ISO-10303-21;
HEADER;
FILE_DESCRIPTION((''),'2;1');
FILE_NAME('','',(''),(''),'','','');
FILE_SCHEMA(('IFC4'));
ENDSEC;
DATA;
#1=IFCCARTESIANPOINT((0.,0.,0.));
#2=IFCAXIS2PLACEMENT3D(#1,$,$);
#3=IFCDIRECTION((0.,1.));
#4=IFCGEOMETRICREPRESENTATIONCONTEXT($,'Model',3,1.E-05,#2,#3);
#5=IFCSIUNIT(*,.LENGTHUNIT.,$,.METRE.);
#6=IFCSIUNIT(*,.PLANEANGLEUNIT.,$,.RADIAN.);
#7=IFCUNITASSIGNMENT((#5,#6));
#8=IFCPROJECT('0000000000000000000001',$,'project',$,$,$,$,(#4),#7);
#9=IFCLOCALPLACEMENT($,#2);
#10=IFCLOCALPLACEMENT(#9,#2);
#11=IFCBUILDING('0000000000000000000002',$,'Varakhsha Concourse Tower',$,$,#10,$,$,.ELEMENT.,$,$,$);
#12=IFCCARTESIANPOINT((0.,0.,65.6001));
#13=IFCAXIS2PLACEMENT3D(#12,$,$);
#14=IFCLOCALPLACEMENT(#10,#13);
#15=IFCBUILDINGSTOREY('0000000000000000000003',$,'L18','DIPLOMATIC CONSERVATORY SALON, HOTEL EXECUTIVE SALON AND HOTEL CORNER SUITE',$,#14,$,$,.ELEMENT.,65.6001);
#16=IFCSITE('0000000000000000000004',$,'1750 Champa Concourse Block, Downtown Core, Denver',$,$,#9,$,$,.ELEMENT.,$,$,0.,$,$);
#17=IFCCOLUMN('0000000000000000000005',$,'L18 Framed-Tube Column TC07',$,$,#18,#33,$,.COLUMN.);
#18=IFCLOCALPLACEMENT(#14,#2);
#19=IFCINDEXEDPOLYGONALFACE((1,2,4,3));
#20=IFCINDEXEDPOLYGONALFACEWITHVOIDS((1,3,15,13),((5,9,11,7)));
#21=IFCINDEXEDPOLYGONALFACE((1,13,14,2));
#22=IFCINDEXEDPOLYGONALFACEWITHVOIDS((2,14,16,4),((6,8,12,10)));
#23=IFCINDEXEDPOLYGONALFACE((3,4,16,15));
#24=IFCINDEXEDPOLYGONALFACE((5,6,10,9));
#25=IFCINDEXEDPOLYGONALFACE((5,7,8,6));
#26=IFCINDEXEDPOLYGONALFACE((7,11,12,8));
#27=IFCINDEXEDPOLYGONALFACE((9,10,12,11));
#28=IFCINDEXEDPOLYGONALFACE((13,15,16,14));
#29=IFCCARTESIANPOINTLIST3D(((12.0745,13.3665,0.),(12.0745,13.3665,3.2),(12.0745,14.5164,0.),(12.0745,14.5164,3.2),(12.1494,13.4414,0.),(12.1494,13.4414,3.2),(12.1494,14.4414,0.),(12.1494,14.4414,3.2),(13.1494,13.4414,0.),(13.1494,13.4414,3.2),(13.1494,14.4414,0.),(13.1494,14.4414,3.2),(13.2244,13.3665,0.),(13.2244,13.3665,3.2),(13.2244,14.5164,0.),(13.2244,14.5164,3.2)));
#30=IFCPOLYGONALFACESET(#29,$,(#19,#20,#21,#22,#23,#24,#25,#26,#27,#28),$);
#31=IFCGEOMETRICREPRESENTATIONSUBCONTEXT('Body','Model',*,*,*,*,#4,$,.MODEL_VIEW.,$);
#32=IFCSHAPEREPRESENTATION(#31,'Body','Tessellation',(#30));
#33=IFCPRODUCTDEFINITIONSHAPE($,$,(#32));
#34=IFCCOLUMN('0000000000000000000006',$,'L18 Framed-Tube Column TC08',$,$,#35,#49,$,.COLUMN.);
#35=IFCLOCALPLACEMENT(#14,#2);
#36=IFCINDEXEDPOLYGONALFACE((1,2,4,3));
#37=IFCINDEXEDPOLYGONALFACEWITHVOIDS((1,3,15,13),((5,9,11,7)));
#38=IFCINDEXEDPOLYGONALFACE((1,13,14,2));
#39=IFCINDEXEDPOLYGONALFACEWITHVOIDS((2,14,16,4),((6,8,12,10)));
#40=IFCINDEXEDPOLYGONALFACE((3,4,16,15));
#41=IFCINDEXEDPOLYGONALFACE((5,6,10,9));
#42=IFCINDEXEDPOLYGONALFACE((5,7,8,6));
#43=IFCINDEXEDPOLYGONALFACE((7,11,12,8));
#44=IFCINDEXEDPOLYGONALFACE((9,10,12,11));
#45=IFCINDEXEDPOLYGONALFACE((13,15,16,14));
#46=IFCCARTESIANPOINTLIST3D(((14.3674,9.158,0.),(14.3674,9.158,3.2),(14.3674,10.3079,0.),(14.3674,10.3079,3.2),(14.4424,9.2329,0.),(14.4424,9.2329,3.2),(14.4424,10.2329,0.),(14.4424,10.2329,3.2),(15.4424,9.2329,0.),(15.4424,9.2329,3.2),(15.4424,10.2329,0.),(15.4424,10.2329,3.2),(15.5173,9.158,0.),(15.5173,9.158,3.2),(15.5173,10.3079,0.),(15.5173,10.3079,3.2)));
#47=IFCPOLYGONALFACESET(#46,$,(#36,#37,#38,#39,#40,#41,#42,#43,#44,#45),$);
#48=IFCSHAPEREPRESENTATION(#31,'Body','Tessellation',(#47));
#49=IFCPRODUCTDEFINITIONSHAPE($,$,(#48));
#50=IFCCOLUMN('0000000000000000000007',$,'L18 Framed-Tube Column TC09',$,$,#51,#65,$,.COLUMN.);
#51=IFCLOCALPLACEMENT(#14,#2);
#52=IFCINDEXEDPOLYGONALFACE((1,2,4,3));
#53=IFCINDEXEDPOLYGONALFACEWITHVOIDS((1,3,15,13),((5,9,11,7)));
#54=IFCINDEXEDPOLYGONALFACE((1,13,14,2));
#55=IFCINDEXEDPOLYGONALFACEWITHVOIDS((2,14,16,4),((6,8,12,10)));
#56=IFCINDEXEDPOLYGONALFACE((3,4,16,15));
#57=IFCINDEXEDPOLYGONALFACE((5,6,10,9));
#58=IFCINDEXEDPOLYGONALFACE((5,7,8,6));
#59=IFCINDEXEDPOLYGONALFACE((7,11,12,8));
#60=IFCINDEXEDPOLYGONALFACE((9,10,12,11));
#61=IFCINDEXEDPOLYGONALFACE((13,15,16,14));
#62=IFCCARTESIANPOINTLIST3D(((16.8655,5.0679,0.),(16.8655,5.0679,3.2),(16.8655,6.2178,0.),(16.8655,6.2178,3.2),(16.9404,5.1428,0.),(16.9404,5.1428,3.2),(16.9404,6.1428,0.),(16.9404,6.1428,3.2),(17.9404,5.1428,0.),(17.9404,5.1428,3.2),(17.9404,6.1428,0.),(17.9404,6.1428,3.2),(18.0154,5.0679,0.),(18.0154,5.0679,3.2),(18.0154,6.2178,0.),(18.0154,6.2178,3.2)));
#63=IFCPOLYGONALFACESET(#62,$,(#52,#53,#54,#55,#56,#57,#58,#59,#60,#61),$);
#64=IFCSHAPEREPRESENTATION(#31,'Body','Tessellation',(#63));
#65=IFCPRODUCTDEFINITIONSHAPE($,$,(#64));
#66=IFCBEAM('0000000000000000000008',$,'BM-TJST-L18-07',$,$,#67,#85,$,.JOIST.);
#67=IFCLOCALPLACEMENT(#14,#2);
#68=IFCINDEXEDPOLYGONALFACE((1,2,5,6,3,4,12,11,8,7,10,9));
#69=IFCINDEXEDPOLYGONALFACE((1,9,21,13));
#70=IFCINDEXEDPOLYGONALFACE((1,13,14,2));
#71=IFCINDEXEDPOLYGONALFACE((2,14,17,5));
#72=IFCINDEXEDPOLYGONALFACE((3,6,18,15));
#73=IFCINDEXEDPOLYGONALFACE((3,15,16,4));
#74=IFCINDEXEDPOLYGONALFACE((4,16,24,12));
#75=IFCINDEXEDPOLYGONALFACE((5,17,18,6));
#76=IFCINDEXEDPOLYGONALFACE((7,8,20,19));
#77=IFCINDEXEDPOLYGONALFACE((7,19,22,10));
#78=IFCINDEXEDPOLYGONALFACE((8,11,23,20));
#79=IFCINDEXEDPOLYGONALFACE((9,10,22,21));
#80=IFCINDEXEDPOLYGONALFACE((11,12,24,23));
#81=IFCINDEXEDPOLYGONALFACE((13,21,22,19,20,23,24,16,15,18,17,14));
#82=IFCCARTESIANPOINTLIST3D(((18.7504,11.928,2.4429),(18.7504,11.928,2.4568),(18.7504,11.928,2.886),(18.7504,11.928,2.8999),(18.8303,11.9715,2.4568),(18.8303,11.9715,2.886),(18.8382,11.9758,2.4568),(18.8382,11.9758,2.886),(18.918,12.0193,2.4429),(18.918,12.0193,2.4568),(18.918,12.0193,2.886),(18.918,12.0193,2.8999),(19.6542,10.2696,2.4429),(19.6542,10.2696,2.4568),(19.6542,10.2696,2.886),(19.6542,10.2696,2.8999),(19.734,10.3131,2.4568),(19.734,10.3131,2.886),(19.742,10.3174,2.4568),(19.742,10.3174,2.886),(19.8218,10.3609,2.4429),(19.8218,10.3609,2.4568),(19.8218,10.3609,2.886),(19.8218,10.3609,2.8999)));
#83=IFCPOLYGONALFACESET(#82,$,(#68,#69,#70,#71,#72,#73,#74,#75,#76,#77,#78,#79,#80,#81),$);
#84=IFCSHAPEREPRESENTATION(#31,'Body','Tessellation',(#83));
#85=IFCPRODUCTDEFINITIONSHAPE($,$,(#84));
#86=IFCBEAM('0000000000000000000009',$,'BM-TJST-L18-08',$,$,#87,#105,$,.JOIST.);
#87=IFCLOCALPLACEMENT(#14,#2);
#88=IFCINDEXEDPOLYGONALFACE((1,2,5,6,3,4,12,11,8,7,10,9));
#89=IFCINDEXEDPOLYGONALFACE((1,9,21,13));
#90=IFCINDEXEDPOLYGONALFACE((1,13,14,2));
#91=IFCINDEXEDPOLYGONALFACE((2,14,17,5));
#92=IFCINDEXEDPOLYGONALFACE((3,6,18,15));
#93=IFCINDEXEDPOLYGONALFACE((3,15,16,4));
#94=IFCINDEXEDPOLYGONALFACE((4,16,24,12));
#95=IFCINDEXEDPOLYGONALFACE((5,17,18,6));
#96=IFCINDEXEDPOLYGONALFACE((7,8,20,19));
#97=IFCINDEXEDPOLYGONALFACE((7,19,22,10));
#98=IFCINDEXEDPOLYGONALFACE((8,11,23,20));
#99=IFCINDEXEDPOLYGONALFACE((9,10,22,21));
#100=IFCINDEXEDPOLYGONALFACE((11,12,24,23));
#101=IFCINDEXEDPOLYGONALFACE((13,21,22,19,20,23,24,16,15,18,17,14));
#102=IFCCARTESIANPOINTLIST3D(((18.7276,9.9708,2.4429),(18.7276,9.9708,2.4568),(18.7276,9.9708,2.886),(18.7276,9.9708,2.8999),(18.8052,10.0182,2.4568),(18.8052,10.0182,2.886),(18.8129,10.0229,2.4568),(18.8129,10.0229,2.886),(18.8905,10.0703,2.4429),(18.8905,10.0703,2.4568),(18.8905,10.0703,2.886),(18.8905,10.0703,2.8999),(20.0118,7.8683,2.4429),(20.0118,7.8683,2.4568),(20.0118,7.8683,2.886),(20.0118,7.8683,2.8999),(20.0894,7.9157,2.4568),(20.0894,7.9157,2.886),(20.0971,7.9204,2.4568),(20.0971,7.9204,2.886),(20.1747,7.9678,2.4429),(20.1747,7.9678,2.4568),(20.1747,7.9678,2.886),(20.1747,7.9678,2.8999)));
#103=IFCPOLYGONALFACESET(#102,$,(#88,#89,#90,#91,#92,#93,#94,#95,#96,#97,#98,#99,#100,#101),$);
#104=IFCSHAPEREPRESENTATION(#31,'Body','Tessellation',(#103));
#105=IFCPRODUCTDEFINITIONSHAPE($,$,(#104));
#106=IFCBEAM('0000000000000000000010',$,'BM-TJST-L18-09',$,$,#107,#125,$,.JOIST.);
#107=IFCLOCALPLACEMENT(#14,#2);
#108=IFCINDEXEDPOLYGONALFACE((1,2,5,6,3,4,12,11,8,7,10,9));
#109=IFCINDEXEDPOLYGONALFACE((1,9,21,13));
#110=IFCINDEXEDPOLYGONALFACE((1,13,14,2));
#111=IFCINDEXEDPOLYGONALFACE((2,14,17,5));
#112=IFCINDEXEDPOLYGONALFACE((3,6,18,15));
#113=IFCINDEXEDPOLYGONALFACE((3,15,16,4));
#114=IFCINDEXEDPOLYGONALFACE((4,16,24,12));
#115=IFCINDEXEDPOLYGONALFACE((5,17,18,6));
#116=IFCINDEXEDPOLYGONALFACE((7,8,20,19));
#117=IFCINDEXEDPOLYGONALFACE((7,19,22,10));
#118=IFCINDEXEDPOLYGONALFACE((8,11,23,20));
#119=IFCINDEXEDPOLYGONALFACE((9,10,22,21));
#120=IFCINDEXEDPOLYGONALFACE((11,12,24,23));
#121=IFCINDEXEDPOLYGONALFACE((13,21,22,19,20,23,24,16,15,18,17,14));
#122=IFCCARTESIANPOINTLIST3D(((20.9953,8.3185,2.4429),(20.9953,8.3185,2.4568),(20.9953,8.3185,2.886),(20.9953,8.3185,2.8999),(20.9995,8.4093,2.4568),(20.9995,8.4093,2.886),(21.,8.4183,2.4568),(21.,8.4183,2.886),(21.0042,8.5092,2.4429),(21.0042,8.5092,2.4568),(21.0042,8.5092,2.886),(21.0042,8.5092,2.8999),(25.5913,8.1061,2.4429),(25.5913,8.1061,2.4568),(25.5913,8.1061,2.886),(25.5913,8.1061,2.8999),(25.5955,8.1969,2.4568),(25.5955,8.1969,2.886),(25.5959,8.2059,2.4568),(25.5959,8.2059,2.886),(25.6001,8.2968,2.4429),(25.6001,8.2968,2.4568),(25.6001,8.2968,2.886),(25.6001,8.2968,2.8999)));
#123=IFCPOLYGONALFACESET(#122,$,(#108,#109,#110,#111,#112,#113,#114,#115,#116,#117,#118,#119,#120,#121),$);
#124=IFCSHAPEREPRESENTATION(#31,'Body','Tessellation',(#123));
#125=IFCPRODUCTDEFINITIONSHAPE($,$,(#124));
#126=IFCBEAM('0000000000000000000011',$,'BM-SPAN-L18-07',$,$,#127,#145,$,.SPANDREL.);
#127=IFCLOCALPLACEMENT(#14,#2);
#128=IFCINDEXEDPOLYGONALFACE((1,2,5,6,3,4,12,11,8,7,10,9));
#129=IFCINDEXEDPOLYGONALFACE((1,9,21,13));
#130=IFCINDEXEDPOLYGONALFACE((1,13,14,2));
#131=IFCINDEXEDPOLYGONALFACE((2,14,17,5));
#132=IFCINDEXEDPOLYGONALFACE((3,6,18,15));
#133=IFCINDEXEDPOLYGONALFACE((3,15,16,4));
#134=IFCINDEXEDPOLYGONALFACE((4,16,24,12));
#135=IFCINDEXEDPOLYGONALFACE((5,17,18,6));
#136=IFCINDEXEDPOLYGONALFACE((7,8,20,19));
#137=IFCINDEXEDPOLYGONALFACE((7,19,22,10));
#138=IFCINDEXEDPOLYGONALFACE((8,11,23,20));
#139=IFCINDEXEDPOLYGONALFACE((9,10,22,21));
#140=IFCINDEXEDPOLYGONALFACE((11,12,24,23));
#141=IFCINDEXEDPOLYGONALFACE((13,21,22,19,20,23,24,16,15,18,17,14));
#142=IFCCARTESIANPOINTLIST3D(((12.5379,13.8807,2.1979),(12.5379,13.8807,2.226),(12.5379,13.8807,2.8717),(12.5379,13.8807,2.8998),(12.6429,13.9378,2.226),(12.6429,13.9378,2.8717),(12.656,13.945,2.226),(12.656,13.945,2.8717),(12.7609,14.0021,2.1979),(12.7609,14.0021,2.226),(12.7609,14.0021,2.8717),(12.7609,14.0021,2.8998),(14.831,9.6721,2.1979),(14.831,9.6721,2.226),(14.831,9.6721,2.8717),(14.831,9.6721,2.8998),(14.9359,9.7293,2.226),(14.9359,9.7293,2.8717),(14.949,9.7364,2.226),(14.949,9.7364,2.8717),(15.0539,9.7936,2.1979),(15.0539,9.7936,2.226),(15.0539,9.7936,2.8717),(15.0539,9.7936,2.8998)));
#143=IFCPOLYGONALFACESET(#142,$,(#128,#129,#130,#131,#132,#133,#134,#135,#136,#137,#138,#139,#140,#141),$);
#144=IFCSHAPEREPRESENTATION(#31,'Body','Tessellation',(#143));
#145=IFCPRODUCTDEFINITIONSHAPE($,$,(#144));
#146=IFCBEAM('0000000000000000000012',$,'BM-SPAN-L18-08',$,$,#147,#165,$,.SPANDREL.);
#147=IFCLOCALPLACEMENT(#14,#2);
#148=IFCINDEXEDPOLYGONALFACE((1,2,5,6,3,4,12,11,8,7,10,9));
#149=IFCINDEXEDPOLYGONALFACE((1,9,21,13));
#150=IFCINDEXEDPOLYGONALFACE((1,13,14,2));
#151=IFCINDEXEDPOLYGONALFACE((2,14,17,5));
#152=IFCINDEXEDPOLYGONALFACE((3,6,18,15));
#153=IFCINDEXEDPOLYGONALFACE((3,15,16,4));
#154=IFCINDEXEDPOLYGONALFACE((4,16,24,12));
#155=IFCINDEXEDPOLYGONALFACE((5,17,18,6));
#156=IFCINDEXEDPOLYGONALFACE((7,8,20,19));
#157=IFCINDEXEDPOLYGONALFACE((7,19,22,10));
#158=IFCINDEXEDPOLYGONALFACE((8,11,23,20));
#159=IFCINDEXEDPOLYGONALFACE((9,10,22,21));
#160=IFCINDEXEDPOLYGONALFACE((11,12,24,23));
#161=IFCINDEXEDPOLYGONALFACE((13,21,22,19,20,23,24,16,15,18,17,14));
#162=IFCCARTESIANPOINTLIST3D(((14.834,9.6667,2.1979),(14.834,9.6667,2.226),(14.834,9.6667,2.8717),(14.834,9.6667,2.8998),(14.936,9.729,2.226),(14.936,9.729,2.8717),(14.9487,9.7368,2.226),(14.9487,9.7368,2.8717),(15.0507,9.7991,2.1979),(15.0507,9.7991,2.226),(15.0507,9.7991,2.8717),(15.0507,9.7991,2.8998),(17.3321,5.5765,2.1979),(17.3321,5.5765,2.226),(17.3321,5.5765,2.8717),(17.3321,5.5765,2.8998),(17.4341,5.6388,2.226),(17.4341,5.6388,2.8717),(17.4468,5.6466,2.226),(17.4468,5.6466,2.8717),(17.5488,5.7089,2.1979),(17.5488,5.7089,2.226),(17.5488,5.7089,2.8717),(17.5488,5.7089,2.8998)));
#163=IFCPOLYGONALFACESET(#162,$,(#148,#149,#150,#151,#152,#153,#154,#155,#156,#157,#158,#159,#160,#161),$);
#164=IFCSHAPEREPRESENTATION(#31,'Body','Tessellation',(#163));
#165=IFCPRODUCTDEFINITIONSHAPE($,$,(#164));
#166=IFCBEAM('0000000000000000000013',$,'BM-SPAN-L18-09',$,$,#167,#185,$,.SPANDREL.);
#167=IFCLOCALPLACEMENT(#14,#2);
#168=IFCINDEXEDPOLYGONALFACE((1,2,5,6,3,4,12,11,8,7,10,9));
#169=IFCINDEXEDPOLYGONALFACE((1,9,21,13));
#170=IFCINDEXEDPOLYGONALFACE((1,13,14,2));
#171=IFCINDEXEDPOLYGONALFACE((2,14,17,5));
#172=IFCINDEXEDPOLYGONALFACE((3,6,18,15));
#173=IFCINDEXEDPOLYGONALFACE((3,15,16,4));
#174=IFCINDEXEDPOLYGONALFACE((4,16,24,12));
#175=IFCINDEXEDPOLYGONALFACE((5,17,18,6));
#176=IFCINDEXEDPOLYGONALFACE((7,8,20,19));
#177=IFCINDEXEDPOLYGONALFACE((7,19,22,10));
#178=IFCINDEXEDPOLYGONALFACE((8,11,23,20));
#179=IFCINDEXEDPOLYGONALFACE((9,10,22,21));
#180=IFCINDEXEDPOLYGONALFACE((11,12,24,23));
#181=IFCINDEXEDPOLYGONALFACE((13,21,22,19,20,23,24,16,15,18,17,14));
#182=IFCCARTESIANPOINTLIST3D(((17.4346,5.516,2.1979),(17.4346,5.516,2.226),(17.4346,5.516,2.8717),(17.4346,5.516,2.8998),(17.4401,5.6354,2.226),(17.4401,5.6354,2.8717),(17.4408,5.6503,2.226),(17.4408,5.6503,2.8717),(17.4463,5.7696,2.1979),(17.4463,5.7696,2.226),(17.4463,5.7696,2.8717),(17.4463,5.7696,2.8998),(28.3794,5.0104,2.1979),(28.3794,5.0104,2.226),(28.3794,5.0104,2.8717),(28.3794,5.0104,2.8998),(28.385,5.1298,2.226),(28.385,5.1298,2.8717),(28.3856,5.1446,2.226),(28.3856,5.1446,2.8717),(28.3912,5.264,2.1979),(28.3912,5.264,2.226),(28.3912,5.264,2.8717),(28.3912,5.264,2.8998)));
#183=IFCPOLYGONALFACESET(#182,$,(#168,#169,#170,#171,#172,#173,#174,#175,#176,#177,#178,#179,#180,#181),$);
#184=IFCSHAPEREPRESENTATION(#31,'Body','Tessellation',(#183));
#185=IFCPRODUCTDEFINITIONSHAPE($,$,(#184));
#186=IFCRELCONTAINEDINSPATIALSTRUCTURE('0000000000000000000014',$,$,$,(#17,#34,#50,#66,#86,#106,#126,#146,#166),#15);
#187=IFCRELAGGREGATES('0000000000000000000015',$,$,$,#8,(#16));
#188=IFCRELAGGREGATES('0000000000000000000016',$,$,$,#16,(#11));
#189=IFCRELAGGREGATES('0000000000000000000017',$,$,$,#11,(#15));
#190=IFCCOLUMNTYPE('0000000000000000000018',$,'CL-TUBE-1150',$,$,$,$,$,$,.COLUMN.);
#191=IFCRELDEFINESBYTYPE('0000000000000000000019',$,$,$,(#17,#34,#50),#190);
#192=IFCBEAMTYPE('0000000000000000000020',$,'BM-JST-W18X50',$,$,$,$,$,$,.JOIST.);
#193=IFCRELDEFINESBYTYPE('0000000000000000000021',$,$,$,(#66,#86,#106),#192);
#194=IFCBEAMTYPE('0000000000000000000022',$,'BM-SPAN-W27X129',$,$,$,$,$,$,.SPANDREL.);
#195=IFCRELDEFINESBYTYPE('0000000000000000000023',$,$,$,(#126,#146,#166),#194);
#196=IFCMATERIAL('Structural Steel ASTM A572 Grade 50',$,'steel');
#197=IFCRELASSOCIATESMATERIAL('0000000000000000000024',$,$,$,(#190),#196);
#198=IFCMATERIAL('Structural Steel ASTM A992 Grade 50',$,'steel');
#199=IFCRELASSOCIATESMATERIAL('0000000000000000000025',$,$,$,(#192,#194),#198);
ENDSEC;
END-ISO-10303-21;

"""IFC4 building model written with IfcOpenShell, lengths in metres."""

from ifc_helpers import new_model, si_unit, direction, frame, origin, origin_2d, place, context, subcontext, project, spatial, hollow_rectangle, i_section, extrude, material, material_profile, profile_set, type_object, element, save


model = new_model("IFC4")

# Units and contexts
model_context = context("Model", 3, precision=1e-05, world=origin(), true_north=direction((0.0, 1.0)))
body_context = subcontext(model_context, "Body", "Model", "MODEL_VIEW")
ifc_project = project(units=[si_unit("LENGTHUNIT", "METRE"), si_unit("PLANEANGLEUNIT", "RADIAN")], contexts=[model_context])

# Site, building, storey
site_placement = place(None, origin())
site = spatial("IfcSite", under=ifc_project, at=site_placement, Name="1750 Champa Concourse Block, Downtown Core, Denver", CompositionType="ELEMENT", RefElevation=0.0)
building_placement = place(site_placement, origin())
building = spatial("IfcBuilding", under=site, at=building_placement, Name="Varakhsha Concourse Tower", CompositionType="ELEMENT")
storey_placement = place(building_placement, frame((0.0, 0.0, 65.6001)))
storey = spatial("IfcBuildingStorey", under=building, at=storey_placement, Name="L18", Description="DIPLOMATIC CONSERVATORY SALON, HOTEL EXECUTIVE SALON AND HOTEL CORNER SUITE", CompositionType="ELEMENT", Elevation=65.6001)

# Columns
ifc_material_1 = material(Name="Structural Steel ASTM A572 Grade 50", Category="steel")
ifc_material_profile_1 = material_profile(ifc_material_1, hollow_rectangle(XDim=1.1499, YDim=1.1499, WallThickness=0.075, at=origin_2d()), Name="BOX 1150x1150x75")
ifc_profile_set_1 = profile_set([ifc_material_profile_1], Name="Structural Steel ASTM A572 Grade 50")
column_type = type_object("IfcColumnType", Name="CL-TUBE-1150", PredefinedType="COLUMN", material=ifc_profile_set_1)
for number, where, z_axis, x_axis, name in (
    (1, (12.6494, 13.9414, 0.0), (0.0, 0.0, 1.0), (1.0, 0.0, 0.0), "L18 Framed-Tube Column TC07"),
    (2, (14.9424, 9.7329, 0.0), (0.0, 0.0, 1.0), (1.0, 0.0, 0.0), "L18 Framed-Tube Column TC08"),
    (3, (17.4404, 5.6428, 0.0), (0.0, 0.0, 1.0), (1.0, 0.0, 0.0), "L18 Framed-Tube Column TC09"),
):
    element("IfcColumn", number, at=place(storey_placement, frame(where, z_axis=z_axis, x_axis=x_axis)), inside=storey, type_object=column_type, Name=name, PredefinedType="COLUMN", context=body_context, shape_type="SweptSolid", body=[
        extrude(hollow_rectangle(XDim=1.1499, YDim=1.1499, WallThickness=0.075, at=origin_2d()), origin(), (0.0, 0.0, 1.0), 3.2),
    ])

# Beams
ifc_material_2 = material(Name="Structural Steel ASTM A992 Grade 50", Category="steel")
ifc_material_profile_2 = material_profile(ifc_material_2, i_section(OverallWidth=0.1909, OverallDepth=0.457, WebThickness=0.009, FlangeThickness=0.0139, at=origin_2d()), Name="W18X50")
ifc_profile_set_2 = profile_set([ifc_material_profile_2], Name="Structural Steel ASTM A992 Grade 50")
beam_type_1 = type_object("IfcBeamType", Name="BM-JST-W18X50", PredefinedType="JOIST", material=ifc_profile_set_2)
beam_1_placement = place(storey_placement, frame((18.8342, 11.9736, 2.6714), z_axis=(0.478526, -0.878073, 0.0), x_axis=(0.878073, 0.478526, 0.0)))
element("IfcBeam", 4, at=beam_1_placement, inside=storey, type_object=beam_type_1, Name="BM-TJST-L18-07", PredefinedType="JOIST", context=body_context, shape_type="SweptSolid", body=[
    extrude(i_section(OverallWidth=0.1909, OverallDepth=0.457, WebThickness=0.009, FlangeThickness=0.0139, at=origin_2d()), origin(), (0.0, 0.0, 1.0), 1.8887),
])
beam_2_placement = place(storey_placement, frame((18.8091, 10.0205, 2.6714), z_axis=(0.521242, -0.853409, 0.0), x_axis=(0.853409, 0.521242, 0.0)))
element("IfcBeam", 5, at=beam_2_placement, inside=storey, type_object=beam_type_1, Name="BM-TJST-L18-08", PredefinedType="JOIST", context=body_context, shape_type="SweptSolid", body=[
    extrude(i_section(OverallWidth=0.1909, OverallDepth=0.457, WebThickness=0.009, FlangeThickness=0.0139, at=origin_2d()), origin(), (0.0, 0.0, 1.0), 2.4636),
])
beam_3_placement = place(storey_placement, frame((20.9998, 8.4138, 2.6714), z_axis=(0.998934, -0.046166, 0.0), x_axis=(0.046166, 0.998934, 0.0)))
element("IfcBeam", 6, at=beam_3_placement, inside=storey, type_object=beam_type_1, Name="BM-TJST-L18-09", PredefinedType="JOIST", context=body_context, shape_type="SweptSolid", body=[
    extrude(i_section(OverallWidth=0.1909, OverallDepth=0.457, WebThickness=0.009, FlangeThickness=0.0139, at=origin_2d()), origin(), (0.0, 0.0, 1.0), 4.6008),
])
ifc_material_profile_3 = material_profile(ifc_material_2, i_section(OverallWidth=0.2539, OverallDepth=0.7019, WebThickness=0.0149, FlangeThickness=0.0281, at=origin_2d()), Name="W27X129")
ifc_profile_set_3 = profile_set([ifc_material_profile_3], Name="Structural Steel ASTM A992 Grade 50")
beam_type_2 = type_object("IfcBeamType", Name="BM-SPAN-W27X129", PredefinedType="SPANDREL", material=ifc_profile_set_3)
for number, where, z_axis, x_axis, name in (
    (7, (12.6494, 13.9414, 2.5488), (0.478438, -0.878121, 0.0), (0.878121, 0.478438, 0.0), "BM-SPAN-L18-07"),
    (8, (14.9424, 9.7329, 2.5488), (0.52123, -0.853417, 0.0), (0.853417, 0.52123, 0.0), "BM-SPAN-L18-08"),
):
    element("IfcBeam", number, at=place(storey_placement, frame(where, z_axis=z_axis, x_axis=x_axis)), inside=storey, type_object=beam_type_2, Name=name, PredefinedType="SPANDREL", context=body_context, shape_type="SweptSolid", body=[
        extrude(i_section(OverallWidth=0.2539, OverallDepth=0.7019, WebThickness=0.0149, FlangeThickness=0.0281, at=origin_2d()), origin(), (0.0, 0.0, 1.0), 4.7927),
    ])
beam_4_placement = place(storey_placement, frame((17.4404, 5.6428, 2.5488), z_axis=(0.998935, -0.046148, 0.0), x_axis=(0.046148, 0.998935, 0.0)))
element("IfcBeam", 9, at=beam_4_placement, inside=storey, type_object=beam_type_2, Name="BM-SPAN-L18-09", PredefinedType="SPANDREL", context=body_context, shape_type="SweptSolid", body=[
    extrude(i_section(OverallWidth=0.2539, OverallDepth=0.7019, WebThickness=0.0149, FlangeThickness=0.0281, at=origin_2d()), origin(), (0.0, 0.0, 1.0), 10.9565),
])

save(model, "model.ifc")
